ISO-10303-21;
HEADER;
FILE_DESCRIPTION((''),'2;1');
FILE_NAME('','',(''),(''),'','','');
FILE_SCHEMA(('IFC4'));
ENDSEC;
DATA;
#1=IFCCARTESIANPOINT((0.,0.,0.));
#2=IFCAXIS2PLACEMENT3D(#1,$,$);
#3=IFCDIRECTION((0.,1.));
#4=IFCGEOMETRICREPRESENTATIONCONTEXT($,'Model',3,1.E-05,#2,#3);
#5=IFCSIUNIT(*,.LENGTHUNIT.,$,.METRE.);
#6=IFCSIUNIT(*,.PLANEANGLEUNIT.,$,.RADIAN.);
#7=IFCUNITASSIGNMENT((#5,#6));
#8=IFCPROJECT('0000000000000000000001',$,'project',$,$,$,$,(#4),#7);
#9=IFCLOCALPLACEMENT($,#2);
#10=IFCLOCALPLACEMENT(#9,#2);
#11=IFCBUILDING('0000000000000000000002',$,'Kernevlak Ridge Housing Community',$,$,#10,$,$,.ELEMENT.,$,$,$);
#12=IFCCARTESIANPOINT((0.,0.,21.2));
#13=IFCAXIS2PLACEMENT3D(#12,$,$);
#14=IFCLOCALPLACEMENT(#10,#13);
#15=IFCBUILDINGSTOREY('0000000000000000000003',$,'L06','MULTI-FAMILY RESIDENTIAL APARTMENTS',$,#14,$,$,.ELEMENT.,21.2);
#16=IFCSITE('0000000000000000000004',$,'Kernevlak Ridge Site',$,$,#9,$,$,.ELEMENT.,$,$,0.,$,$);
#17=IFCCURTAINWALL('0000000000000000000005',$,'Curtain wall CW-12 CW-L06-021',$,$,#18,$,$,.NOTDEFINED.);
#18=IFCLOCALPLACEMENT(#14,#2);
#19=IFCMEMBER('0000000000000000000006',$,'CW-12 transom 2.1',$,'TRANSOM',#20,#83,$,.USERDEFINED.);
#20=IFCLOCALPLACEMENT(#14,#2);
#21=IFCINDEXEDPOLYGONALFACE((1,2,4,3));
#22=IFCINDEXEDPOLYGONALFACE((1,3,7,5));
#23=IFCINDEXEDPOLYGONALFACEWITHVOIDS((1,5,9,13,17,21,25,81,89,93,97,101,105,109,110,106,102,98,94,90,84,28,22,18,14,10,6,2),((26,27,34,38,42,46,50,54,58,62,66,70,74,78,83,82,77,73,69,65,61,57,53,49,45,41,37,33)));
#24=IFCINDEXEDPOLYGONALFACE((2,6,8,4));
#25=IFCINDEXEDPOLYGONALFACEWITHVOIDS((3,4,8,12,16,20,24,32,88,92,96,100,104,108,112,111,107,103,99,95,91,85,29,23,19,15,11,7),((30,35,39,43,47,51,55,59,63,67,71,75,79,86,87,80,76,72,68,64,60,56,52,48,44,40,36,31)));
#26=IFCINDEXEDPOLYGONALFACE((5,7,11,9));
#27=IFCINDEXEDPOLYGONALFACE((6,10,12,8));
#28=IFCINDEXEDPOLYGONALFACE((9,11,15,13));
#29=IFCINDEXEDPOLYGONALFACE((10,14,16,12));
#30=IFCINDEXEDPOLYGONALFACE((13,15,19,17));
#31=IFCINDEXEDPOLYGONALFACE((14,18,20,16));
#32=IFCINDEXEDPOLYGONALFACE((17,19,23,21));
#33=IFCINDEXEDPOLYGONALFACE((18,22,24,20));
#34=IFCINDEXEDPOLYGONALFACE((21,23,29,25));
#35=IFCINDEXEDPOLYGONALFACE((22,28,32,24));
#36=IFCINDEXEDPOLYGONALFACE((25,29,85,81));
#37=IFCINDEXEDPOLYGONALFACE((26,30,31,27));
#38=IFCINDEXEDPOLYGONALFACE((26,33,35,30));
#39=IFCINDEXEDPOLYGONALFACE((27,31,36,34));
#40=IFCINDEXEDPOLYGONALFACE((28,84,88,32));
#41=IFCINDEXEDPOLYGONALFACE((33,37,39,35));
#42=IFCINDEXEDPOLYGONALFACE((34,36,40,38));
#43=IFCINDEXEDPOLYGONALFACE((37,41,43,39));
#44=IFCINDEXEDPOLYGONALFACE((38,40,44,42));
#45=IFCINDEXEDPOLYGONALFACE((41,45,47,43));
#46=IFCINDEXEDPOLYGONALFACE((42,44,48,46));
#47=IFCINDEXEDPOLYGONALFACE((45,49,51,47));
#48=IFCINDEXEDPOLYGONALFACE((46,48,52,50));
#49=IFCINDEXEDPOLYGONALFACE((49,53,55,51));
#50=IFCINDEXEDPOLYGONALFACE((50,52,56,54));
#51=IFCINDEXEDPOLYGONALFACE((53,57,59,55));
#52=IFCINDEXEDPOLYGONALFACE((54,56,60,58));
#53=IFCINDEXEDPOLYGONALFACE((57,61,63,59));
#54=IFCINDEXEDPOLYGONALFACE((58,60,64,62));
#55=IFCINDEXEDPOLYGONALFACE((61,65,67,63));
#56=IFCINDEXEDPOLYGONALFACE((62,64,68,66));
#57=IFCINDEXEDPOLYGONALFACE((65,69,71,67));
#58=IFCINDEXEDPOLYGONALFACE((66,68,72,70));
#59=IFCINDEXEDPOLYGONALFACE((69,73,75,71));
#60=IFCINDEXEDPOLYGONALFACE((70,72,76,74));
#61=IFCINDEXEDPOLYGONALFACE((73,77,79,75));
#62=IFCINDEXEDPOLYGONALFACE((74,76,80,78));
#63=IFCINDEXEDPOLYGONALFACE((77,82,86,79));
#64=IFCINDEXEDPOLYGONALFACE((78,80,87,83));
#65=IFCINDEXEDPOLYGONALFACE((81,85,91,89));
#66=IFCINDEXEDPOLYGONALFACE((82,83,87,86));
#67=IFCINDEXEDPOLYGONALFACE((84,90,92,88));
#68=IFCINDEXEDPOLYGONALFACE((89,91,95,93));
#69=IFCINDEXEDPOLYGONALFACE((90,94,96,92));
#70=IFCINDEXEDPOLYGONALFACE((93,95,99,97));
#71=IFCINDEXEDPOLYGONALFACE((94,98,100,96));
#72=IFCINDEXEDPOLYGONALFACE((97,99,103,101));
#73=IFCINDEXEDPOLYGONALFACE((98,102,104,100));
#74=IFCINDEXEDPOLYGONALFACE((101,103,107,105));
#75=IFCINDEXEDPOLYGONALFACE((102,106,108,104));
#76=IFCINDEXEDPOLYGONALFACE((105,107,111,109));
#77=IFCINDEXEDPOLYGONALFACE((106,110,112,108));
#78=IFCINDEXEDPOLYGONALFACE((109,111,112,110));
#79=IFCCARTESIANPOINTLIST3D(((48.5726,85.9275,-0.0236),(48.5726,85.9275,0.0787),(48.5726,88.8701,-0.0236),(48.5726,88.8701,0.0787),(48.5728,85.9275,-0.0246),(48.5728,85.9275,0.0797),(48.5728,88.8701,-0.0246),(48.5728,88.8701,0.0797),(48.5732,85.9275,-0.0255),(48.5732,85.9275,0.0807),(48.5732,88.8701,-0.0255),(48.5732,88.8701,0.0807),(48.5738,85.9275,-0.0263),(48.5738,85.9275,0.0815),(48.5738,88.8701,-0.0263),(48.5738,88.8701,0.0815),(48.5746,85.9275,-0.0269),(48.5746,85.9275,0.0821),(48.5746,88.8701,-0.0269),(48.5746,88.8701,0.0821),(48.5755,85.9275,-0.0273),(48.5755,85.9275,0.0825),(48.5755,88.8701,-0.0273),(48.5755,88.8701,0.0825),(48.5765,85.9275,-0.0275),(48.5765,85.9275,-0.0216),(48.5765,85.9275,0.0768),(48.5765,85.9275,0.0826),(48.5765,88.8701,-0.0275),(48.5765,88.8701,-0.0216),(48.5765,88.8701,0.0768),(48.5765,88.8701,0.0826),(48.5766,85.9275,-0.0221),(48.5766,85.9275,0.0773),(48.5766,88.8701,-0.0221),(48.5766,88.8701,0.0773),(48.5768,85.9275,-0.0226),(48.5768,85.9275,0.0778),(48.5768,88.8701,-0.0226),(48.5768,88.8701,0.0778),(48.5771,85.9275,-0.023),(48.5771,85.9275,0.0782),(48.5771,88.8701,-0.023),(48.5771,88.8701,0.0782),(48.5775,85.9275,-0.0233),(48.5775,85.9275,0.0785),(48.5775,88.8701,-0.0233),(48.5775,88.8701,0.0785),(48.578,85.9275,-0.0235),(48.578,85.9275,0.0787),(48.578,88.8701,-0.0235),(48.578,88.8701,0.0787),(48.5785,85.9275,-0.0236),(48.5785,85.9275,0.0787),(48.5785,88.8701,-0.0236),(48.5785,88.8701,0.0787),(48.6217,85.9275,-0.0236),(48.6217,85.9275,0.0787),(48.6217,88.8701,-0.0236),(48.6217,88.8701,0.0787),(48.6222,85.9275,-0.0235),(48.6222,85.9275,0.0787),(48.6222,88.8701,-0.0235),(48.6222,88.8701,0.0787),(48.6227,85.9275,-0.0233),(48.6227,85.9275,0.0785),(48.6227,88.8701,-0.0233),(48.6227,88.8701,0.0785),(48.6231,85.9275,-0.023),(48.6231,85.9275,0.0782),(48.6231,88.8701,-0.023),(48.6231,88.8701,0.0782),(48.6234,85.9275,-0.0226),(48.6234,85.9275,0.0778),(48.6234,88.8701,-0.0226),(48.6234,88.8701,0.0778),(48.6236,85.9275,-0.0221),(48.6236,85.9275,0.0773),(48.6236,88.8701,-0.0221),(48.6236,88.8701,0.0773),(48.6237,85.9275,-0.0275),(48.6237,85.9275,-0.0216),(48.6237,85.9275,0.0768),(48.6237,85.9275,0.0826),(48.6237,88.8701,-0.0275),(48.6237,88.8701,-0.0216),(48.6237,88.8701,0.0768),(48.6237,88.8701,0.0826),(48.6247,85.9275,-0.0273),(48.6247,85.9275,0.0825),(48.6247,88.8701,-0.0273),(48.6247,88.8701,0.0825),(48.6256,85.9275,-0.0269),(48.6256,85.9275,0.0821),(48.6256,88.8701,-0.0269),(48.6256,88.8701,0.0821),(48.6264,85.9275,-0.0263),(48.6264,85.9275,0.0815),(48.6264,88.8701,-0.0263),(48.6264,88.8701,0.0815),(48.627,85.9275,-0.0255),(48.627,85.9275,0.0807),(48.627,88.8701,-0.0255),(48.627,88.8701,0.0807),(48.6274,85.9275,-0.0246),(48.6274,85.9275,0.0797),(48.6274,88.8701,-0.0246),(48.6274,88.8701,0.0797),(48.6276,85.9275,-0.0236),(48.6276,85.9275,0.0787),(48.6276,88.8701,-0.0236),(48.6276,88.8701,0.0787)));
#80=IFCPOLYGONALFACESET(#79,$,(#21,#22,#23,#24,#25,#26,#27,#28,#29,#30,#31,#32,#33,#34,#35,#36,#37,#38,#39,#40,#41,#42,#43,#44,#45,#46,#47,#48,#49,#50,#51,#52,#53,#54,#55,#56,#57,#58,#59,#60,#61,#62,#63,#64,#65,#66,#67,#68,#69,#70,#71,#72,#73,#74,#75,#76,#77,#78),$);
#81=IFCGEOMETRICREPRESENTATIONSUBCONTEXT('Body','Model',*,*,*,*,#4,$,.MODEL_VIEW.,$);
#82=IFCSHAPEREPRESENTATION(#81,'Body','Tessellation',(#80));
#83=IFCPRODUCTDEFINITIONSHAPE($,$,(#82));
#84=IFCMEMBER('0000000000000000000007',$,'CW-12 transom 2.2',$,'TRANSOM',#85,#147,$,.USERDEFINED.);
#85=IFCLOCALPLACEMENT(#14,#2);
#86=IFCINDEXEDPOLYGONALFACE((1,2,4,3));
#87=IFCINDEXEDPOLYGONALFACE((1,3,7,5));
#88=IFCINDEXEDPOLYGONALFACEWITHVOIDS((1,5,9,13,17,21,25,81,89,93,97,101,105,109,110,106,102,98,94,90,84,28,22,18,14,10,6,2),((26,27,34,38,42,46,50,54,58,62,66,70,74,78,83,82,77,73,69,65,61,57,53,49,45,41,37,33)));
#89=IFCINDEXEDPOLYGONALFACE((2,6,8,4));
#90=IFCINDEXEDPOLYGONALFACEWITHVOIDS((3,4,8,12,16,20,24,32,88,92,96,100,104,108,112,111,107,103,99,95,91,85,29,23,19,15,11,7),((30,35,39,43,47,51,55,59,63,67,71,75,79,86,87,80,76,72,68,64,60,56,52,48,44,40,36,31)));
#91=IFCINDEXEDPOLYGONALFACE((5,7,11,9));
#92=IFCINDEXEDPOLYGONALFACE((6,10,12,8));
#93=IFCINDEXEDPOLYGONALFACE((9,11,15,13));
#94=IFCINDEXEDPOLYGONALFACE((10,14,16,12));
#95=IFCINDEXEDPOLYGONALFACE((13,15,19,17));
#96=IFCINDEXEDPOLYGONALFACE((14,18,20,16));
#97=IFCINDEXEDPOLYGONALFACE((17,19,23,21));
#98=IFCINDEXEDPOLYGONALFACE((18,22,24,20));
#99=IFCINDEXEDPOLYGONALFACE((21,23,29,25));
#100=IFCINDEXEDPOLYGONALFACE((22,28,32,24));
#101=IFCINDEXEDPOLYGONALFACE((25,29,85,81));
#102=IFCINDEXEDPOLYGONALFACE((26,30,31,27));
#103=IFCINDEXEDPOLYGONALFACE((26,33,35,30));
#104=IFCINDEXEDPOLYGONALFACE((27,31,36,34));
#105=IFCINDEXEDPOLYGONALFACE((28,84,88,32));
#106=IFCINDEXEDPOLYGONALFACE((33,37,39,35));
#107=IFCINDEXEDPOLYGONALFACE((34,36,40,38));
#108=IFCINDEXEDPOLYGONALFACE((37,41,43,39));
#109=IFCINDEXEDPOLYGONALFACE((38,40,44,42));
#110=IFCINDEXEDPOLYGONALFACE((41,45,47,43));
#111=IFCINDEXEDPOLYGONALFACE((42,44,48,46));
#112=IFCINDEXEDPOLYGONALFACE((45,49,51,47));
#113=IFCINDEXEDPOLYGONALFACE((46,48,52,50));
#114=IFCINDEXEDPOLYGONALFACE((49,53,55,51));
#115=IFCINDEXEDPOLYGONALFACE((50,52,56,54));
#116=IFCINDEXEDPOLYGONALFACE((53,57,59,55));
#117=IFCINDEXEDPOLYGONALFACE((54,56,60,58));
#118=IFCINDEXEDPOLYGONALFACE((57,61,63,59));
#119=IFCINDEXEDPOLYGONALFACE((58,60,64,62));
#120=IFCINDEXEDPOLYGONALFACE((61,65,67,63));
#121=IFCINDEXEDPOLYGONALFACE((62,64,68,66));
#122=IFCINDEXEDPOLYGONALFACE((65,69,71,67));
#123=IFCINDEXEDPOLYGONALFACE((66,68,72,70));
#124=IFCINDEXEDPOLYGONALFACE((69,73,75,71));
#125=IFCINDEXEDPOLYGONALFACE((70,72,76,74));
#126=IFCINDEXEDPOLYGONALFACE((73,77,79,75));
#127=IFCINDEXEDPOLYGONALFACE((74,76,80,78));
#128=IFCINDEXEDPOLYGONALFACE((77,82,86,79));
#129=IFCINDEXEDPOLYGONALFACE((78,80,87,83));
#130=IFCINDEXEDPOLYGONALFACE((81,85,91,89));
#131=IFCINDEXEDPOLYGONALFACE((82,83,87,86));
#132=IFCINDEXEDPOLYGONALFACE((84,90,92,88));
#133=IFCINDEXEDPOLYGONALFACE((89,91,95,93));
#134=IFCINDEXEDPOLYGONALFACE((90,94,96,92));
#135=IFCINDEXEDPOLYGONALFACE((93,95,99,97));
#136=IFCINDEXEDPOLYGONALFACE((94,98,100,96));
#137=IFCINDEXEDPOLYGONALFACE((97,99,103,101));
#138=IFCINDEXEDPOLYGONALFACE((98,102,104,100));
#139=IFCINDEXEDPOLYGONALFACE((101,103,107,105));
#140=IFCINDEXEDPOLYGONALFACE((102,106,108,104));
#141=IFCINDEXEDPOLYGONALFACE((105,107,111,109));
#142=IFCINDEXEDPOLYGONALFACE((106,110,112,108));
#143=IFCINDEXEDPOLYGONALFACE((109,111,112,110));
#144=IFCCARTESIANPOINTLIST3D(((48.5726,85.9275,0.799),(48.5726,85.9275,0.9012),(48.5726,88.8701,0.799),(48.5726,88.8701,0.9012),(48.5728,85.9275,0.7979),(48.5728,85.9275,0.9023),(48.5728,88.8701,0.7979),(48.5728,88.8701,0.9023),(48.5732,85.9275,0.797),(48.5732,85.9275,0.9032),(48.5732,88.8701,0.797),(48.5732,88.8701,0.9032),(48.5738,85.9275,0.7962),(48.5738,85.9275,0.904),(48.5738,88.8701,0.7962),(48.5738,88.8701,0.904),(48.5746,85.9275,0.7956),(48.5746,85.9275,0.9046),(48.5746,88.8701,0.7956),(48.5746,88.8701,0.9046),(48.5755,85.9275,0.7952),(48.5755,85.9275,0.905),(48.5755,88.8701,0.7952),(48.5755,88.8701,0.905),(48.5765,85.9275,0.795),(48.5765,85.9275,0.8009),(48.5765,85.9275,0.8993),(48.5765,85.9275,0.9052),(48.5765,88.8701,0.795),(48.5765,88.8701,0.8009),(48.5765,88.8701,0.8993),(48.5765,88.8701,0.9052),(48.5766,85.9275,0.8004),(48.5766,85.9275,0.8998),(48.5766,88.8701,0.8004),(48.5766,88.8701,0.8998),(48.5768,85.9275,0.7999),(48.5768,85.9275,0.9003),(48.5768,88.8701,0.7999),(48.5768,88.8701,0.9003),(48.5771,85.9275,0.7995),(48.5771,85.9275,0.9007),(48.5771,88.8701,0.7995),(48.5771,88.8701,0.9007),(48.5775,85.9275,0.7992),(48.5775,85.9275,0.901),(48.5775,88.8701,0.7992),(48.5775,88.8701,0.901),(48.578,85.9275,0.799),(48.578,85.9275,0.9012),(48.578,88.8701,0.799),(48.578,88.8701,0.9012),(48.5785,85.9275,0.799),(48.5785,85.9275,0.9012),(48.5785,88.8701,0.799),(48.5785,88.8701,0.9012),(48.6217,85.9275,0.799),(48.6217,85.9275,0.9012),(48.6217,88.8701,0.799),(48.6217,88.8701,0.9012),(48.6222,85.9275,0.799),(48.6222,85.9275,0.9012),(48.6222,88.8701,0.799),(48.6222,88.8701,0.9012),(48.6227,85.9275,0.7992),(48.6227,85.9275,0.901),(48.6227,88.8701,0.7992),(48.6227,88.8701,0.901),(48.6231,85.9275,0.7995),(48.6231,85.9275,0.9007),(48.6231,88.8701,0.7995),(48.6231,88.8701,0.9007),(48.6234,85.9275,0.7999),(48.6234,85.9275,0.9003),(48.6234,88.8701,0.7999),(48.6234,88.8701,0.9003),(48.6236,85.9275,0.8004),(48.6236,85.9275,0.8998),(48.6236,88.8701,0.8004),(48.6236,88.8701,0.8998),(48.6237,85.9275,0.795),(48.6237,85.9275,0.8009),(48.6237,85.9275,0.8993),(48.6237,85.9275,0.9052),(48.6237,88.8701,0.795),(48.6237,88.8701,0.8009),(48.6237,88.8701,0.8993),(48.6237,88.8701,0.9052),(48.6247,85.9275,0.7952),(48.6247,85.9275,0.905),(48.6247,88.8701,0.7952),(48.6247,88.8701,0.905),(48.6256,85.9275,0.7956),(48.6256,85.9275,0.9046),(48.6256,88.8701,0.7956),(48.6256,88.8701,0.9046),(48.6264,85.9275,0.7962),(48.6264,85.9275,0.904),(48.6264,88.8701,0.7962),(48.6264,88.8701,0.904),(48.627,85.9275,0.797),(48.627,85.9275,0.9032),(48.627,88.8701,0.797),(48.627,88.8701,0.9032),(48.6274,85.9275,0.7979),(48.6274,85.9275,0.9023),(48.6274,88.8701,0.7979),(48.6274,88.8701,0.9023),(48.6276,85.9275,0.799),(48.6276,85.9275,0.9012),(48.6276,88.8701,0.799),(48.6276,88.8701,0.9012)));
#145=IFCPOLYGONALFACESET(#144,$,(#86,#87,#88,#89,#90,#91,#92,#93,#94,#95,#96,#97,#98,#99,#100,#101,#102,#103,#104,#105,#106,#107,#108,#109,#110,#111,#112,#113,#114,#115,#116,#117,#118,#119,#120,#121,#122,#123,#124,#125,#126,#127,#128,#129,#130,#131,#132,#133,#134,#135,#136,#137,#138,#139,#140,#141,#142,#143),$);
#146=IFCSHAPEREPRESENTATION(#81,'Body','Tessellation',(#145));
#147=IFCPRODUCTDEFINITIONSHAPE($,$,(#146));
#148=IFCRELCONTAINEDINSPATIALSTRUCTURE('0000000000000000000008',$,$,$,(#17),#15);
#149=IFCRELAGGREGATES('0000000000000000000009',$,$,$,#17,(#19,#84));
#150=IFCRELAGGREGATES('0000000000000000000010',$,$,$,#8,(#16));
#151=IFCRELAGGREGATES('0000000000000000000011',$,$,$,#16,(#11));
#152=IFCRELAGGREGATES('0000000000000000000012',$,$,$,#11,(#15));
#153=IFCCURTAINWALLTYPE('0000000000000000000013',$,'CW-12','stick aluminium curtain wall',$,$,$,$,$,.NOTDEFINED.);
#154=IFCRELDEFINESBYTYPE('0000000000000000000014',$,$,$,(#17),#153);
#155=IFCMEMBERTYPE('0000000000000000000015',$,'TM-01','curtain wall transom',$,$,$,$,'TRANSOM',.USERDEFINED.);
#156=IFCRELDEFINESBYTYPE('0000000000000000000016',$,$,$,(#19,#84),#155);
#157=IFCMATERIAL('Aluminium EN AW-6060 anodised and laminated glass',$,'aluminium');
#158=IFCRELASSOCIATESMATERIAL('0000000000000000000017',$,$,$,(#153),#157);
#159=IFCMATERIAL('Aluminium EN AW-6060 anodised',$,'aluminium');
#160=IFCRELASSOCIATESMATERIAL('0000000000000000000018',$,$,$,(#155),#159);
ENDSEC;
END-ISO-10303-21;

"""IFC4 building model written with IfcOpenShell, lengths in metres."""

from ifc_helpers import new_model, si_unit, direction, frame, origin, origin_2d, place, context, subcontext, project, spatial, hollow_rectangle, extrude, material, material_profile, profile_set, type_object, element, aggregate, save


model = new_model("IFC4")

# Units and contexts
model_context = context("Model", 3, precision=1e-05, world=origin(), true_north=direction((0.0, 1.0)))
body_context = subcontext(model_context, "Body", "Model", "MODEL_VIEW")
ifc_project = project(units=[si_unit("LENGTHUNIT", "METRE"), si_unit("PLANEANGLEUNIT", "RADIAN")], contexts=[model_context])

# Site, building, storey
site_placement = place(None, origin())
site = spatial("IfcSite", under=ifc_project, at=site_placement, Name="Kernevlak Ridge Site", CompositionType="ELEMENT", RefElevation=0.0)
building_placement = place(site_placement, origin())
building = spatial("IfcBuilding", under=site, at=building_placement, Name="Kernevlak Ridge Housing Community", CompositionType="ELEMENT")
storey_placement = place(building_placement, frame((0.0, 0.0, 21.2)))
storey = spatial("IfcBuildingStorey", under=building, at=storey_placement, Name="L06", Description="MULTI-FAMILY RESIDENTIAL APARTMENTS", CompositionType="ELEMENT", Elevation=21.2)

# Curtain wall, members
ifc_material_1 = material(Name="Aluminium EN AW-6060 anodised and laminated glass", Category="aluminium")
curtain_wall_type = type_object("IfcCurtainWallType", Name="CW-12", Description="stick aluminium curtain wall", PredefinedType="NOTDEFINED", material=ifc_material_1)
curtain_wall_placement = place(storey_placement, origin())
curtain_wall = element("IfcCurtainWall", 1, at=curtain_wall_placement, inside=storey, type_object=curtain_wall_type, Name="Curtain wall CW-12 CW-L06-021", PredefinedType="NOTDEFINED")
ifc_material_2 = material(Name="Aluminium EN AW-6060 anodised", Category="aluminium")
ifc_material_profile_1 = material_profile(ifc_material_2, hollow_rectangle(XDim=0.0549, YDim=0.1101, WallThickness=0.0039, InnerFilletRadius=0.002, OuterFilletRadius=0.0039, at=origin_2d()), Name="ALU 55x110x4")
ifc_profile_set_1 = profile_set([ifc_material_profile_1], Name="Aluminium EN AW-6060 anodised")
member_type = type_object("IfcMemberType", Name="TM-01", Description="curtain wall transom", ElementType="TRANSOM", PredefinedType="USERDEFINED", material=ifc_profile_set_1)
member_1_placement = place(storey_placement, frame((48.6001, 85.9275, 0.0276), z_axis=(0.0, 1.0, 0.0), x_axis=(-1.0, 0.0, 0.0)))
member_1 = element("IfcMember", 2, at=member_1_placement, type_object=member_type, Name="CW-12 transom 2.1", ObjectType="TRANSOM", PredefinedType="USERDEFINED", context=body_context, shape_type="SweptSolid", body=[
    extrude(hollow_rectangle(XDim=0.0549, YDim=0.1101, WallThickness=0.0039, InnerFilletRadius=0.002, OuterFilletRadius=0.0039, at=origin_2d()), origin(), (0.0, 0.0, 1.0), 2.9426),
])
member_2_placement = place(storey_placement, frame((48.6001, 85.9275, 0.8501), z_axis=(0.0, 1.0, 0.0), x_axis=(-1.0, 0.0, 0.0)))
member_2 = element("IfcMember", 3, at=member_2_placement, type_object=member_type, Name="CW-12 transom 2.2", ObjectType="TRANSOM", PredefinedType="USERDEFINED", context=body_context, shape_type="SweptSolid", body=[
    extrude(hollow_rectangle(XDim=0.0549, YDim=0.1101, WallThickness=0.0039, InnerFilletRadius=0.002, OuterFilletRadius=0.0039, at=origin_2d()), origin(), (0.0, 0.0, 1.0), 2.9426),
])
aggregate(curtain_wall, [member_1, member_2])

save(model, "model.ifc")
